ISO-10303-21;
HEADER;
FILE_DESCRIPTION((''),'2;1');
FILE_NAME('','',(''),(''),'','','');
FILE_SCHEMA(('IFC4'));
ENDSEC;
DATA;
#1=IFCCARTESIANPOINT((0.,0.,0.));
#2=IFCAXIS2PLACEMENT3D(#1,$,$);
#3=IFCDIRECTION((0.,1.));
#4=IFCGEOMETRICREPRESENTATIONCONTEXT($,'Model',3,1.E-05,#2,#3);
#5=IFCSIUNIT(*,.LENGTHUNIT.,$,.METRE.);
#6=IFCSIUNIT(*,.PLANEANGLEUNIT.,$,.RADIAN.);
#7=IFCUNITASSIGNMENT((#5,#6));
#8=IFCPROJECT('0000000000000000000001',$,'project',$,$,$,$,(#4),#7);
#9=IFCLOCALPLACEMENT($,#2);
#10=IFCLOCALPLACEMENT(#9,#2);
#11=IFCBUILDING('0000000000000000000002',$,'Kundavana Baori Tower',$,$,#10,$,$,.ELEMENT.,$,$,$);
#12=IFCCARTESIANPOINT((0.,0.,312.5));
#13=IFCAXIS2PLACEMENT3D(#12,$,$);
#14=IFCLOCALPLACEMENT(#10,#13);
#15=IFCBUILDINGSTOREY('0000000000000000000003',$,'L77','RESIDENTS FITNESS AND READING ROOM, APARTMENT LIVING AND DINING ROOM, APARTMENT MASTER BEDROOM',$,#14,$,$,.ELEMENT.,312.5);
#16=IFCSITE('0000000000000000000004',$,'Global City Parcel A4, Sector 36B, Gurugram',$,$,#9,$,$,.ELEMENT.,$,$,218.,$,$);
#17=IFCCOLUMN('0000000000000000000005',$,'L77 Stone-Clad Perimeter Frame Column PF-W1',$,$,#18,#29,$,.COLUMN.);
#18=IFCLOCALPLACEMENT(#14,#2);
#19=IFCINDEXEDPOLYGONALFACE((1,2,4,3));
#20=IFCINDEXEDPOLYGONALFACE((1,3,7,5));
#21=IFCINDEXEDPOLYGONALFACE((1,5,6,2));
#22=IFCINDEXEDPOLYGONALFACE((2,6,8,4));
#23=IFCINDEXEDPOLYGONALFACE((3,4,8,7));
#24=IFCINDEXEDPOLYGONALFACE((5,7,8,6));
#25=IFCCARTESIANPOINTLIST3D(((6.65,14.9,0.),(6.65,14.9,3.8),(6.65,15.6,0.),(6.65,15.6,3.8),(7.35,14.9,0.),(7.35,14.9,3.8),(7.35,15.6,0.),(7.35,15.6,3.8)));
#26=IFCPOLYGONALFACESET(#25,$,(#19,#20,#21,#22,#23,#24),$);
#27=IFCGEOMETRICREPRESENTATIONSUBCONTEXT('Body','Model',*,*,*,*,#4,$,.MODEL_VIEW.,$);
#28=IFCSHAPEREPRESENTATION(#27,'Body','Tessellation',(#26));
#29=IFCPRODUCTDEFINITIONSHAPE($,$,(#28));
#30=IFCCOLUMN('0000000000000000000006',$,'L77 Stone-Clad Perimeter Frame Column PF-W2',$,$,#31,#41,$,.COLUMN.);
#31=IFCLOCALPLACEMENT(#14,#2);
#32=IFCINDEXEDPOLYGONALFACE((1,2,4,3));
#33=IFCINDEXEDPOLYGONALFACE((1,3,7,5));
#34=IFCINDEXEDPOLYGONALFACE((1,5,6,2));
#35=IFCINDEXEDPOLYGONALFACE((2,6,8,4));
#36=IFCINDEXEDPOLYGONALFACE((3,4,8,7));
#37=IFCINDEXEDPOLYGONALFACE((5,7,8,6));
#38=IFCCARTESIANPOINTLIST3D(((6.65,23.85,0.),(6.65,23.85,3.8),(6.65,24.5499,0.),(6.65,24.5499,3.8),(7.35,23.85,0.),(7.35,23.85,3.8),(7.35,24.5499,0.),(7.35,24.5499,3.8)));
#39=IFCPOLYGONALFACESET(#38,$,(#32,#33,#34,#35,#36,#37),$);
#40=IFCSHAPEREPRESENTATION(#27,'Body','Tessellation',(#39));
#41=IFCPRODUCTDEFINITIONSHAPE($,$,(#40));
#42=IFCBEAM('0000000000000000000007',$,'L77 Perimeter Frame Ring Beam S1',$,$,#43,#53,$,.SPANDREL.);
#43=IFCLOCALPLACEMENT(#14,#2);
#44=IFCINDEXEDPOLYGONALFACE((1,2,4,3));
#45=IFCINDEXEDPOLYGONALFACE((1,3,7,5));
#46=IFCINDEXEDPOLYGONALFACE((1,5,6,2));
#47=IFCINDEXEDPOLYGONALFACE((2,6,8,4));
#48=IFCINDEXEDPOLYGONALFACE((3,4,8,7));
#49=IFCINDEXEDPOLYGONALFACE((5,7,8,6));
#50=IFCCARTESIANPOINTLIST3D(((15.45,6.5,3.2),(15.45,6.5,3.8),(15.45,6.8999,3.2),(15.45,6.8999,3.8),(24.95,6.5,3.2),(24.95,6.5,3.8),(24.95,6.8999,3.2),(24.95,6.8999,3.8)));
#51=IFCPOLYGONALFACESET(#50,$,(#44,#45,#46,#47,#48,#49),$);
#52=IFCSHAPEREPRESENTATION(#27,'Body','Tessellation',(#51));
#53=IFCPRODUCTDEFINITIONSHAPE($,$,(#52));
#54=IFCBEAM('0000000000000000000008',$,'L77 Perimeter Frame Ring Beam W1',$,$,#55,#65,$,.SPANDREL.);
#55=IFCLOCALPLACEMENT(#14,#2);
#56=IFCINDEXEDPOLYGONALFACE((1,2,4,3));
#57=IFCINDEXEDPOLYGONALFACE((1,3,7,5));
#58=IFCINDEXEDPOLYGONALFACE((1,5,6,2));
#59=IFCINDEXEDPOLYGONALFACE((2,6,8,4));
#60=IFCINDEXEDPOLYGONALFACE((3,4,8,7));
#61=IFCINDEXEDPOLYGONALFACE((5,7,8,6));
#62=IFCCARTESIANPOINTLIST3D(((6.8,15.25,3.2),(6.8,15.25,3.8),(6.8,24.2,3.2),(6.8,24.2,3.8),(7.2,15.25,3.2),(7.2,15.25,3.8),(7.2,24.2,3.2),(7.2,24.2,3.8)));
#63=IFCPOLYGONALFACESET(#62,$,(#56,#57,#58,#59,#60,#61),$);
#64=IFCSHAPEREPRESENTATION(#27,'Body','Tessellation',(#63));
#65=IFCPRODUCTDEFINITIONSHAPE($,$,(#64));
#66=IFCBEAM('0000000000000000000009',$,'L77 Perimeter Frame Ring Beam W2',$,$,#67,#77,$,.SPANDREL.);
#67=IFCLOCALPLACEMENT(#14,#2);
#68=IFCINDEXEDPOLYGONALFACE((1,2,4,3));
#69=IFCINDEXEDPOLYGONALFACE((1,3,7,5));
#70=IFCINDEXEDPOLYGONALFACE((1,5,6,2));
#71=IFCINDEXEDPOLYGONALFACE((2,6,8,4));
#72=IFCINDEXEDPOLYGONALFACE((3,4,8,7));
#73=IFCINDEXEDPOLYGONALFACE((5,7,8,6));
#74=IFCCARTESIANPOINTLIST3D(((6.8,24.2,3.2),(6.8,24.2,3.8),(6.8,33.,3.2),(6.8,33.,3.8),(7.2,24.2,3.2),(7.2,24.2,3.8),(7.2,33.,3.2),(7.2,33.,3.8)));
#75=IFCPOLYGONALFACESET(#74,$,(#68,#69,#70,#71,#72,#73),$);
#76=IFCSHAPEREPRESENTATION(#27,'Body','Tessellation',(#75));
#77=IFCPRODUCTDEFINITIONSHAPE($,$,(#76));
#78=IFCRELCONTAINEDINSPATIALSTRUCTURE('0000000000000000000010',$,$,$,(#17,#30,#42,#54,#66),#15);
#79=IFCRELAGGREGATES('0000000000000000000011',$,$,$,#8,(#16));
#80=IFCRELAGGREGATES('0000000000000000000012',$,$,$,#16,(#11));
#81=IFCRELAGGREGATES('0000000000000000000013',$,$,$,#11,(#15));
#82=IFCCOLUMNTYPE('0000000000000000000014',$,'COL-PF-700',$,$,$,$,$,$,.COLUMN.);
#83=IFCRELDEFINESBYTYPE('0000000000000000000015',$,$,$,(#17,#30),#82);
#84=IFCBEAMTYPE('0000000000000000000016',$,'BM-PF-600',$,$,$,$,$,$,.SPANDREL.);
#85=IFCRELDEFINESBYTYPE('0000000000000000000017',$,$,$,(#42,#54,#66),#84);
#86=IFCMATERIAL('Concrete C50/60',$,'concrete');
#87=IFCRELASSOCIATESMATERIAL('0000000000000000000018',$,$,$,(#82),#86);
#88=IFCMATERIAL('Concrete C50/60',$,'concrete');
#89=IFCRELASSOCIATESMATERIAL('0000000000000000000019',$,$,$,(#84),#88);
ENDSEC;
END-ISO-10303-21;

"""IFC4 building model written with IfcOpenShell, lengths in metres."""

from ifc_helpers import new_model, si_unit, direction, frame, origin, origin_2d, place, context, subcontext, project, spatial, rectangle, extrude, material, material_profile, profile_set, type_object, element, save


model = new_model("IFC4")

# Units and contexts
model_context = context("Model", 3, precision=1e-05, world=origin(), true_north=direction((0.0, 1.0)))
body_context = subcontext(model_context, "Body", "Model", "MODEL_VIEW")
ifc_project = project(units=[si_unit("LENGTHUNIT", "METRE"), si_unit("PLANEANGLEUNIT", "RADIAN")], contexts=[model_context])

# Site, building, storey
site_placement = place(None, origin())
site = spatial("IfcSite", under=ifc_project, at=site_placement, Name="Global City Parcel A4, Sector 36B, Gurugram", CompositionType="ELEMENT", RefElevation=218.0)
building_placement = place(site_placement, origin())
building = spatial("IfcBuilding", under=site, at=building_placement, Name="Kundavana Baori Tower", CompositionType="ELEMENT")
storey_placement = place(building_placement, frame((0.0, 0.0, 312.5)))
storey = spatial("IfcBuildingStorey", under=building, at=storey_placement, Name="L77", Description="RESIDENTS FITNESS AND READING ROOM, APARTMENT LIVING AND DINING ROOM, APARTMENT MASTER BEDROOM", CompositionType="ELEMENT", Elevation=312.5)

# Columns
ifc_material_1 = material(Name="Concrete C50/60", Category="concrete")
ifc_material_profile_1 = material_profile(ifc_material_1, rectangle(XDim=0.7, YDim=0.7, at=origin_2d()), Name="RC PF 700x700")
ifc_profile_set_1 = profile_set([ifc_material_profile_1], Name="Concrete C50/60")
column_type = type_object("IfcColumnType", Name="COL-PF-700", PredefinedType="COLUMN", material=ifc_profile_set_1)
for number, where, z_axis, x_axis, name in (
    (1, (7.0, 15.25, 0.0), (0.0, 0.0, 1.0), (1.0, 0.0, 0.0), "L77 Stone-Clad Perimeter Frame Column PF-W1"),
    (2, (7.0, 24.2, 0.0), (0.0, 0.0, 1.0), (1.0, 0.0, 0.0), "L77 Stone-Clad Perimeter Frame Column PF-W2"),
):
    element("IfcColumn", number, at=place(storey_placement, frame(where, z_axis=z_axis, x_axis=x_axis)), inside=storey, type_object=column_type, Name=name, PredefinedType="COLUMN", context=body_context, shape_type="SweptSolid", body=[
        extrude(rectangle(XDim=0.7, YDim=0.7, at=origin_2d()), origin(), (0.0, 0.0, 1.0), 3.8),
    ])

# Beams
ifc_material_2 = material(Name="Concrete C50/60", Category="concrete")
ifc_material_profile_2 = material_profile(ifc_material_2, rectangle(XDim=0.3999, YDim=0.6001, at=origin_2d()), Name="RC BM 400x600")
ifc_profile_set_2 = profile_set([ifc_material_profile_2], Name="Concrete C50/60")
beam_type = type_object("IfcBeamType", Name="BM-PF-600", PredefinedType="SPANDREL", material=ifc_profile_set_2)
beam_1_placement = place(storey_placement, frame((15.45, 6.7, 3.5), z_axis=(1.0, 0.0, 0.0), x_axis=(0.0, 1.0, 0.0)))
element("IfcBeam", 3, at=beam_1_placement, inside=storey, type_object=beam_type, Name="L77 Perimeter Frame Ring Beam S1", PredefinedType="SPANDREL", context=body_context, shape_type="SweptSolid", body=[
    extrude(rectangle(XDim=0.3999, YDim=0.6001, at=origin_2d()), origin(), (0.0, 0.0, 1.0), 9.5),
])
beam_2_placement = place(storey_placement, frame((7.0, 15.25, 3.5), z_axis=(0.0, 1.0, 0.0), x_axis=(-1.0, 0.0, 0.0)))
element("IfcBeam", 4, at=beam_2_placement, inside=storey, type_object=beam_type, Name="L77 Perimeter Frame Ring Beam W1", PredefinedType="SPANDREL", context=body_context, shape_type="SweptSolid", body=[
    extrude(rectangle(XDim=0.3999, YDim=0.6001, at=origin_2d()), origin(), (0.0, 0.0, 1.0), 8.95),
])
beam_3_placement = place(storey_placement, frame((7.0, 24.2, 3.5), z_axis=(0.0, 1.0, 0.0), x_axis=(-1.0, 0.0, 0.0)))
element("IfcBeam", 5, at=beam_3_placement, inside=storey, type_object=beam_type, Name="L77 Perimeter Frame Ring Beam W2", PredefinedType="SPANDREL", context=body_context, shape_type="SweptSolid", body=[
    extrude(rectangle(XDim=0.3999, YDim=0.6001, at=origin_2d()), origin(), (0.0, 0.0, 1.0), 8.8),
])

save(model, "model.ifc")
